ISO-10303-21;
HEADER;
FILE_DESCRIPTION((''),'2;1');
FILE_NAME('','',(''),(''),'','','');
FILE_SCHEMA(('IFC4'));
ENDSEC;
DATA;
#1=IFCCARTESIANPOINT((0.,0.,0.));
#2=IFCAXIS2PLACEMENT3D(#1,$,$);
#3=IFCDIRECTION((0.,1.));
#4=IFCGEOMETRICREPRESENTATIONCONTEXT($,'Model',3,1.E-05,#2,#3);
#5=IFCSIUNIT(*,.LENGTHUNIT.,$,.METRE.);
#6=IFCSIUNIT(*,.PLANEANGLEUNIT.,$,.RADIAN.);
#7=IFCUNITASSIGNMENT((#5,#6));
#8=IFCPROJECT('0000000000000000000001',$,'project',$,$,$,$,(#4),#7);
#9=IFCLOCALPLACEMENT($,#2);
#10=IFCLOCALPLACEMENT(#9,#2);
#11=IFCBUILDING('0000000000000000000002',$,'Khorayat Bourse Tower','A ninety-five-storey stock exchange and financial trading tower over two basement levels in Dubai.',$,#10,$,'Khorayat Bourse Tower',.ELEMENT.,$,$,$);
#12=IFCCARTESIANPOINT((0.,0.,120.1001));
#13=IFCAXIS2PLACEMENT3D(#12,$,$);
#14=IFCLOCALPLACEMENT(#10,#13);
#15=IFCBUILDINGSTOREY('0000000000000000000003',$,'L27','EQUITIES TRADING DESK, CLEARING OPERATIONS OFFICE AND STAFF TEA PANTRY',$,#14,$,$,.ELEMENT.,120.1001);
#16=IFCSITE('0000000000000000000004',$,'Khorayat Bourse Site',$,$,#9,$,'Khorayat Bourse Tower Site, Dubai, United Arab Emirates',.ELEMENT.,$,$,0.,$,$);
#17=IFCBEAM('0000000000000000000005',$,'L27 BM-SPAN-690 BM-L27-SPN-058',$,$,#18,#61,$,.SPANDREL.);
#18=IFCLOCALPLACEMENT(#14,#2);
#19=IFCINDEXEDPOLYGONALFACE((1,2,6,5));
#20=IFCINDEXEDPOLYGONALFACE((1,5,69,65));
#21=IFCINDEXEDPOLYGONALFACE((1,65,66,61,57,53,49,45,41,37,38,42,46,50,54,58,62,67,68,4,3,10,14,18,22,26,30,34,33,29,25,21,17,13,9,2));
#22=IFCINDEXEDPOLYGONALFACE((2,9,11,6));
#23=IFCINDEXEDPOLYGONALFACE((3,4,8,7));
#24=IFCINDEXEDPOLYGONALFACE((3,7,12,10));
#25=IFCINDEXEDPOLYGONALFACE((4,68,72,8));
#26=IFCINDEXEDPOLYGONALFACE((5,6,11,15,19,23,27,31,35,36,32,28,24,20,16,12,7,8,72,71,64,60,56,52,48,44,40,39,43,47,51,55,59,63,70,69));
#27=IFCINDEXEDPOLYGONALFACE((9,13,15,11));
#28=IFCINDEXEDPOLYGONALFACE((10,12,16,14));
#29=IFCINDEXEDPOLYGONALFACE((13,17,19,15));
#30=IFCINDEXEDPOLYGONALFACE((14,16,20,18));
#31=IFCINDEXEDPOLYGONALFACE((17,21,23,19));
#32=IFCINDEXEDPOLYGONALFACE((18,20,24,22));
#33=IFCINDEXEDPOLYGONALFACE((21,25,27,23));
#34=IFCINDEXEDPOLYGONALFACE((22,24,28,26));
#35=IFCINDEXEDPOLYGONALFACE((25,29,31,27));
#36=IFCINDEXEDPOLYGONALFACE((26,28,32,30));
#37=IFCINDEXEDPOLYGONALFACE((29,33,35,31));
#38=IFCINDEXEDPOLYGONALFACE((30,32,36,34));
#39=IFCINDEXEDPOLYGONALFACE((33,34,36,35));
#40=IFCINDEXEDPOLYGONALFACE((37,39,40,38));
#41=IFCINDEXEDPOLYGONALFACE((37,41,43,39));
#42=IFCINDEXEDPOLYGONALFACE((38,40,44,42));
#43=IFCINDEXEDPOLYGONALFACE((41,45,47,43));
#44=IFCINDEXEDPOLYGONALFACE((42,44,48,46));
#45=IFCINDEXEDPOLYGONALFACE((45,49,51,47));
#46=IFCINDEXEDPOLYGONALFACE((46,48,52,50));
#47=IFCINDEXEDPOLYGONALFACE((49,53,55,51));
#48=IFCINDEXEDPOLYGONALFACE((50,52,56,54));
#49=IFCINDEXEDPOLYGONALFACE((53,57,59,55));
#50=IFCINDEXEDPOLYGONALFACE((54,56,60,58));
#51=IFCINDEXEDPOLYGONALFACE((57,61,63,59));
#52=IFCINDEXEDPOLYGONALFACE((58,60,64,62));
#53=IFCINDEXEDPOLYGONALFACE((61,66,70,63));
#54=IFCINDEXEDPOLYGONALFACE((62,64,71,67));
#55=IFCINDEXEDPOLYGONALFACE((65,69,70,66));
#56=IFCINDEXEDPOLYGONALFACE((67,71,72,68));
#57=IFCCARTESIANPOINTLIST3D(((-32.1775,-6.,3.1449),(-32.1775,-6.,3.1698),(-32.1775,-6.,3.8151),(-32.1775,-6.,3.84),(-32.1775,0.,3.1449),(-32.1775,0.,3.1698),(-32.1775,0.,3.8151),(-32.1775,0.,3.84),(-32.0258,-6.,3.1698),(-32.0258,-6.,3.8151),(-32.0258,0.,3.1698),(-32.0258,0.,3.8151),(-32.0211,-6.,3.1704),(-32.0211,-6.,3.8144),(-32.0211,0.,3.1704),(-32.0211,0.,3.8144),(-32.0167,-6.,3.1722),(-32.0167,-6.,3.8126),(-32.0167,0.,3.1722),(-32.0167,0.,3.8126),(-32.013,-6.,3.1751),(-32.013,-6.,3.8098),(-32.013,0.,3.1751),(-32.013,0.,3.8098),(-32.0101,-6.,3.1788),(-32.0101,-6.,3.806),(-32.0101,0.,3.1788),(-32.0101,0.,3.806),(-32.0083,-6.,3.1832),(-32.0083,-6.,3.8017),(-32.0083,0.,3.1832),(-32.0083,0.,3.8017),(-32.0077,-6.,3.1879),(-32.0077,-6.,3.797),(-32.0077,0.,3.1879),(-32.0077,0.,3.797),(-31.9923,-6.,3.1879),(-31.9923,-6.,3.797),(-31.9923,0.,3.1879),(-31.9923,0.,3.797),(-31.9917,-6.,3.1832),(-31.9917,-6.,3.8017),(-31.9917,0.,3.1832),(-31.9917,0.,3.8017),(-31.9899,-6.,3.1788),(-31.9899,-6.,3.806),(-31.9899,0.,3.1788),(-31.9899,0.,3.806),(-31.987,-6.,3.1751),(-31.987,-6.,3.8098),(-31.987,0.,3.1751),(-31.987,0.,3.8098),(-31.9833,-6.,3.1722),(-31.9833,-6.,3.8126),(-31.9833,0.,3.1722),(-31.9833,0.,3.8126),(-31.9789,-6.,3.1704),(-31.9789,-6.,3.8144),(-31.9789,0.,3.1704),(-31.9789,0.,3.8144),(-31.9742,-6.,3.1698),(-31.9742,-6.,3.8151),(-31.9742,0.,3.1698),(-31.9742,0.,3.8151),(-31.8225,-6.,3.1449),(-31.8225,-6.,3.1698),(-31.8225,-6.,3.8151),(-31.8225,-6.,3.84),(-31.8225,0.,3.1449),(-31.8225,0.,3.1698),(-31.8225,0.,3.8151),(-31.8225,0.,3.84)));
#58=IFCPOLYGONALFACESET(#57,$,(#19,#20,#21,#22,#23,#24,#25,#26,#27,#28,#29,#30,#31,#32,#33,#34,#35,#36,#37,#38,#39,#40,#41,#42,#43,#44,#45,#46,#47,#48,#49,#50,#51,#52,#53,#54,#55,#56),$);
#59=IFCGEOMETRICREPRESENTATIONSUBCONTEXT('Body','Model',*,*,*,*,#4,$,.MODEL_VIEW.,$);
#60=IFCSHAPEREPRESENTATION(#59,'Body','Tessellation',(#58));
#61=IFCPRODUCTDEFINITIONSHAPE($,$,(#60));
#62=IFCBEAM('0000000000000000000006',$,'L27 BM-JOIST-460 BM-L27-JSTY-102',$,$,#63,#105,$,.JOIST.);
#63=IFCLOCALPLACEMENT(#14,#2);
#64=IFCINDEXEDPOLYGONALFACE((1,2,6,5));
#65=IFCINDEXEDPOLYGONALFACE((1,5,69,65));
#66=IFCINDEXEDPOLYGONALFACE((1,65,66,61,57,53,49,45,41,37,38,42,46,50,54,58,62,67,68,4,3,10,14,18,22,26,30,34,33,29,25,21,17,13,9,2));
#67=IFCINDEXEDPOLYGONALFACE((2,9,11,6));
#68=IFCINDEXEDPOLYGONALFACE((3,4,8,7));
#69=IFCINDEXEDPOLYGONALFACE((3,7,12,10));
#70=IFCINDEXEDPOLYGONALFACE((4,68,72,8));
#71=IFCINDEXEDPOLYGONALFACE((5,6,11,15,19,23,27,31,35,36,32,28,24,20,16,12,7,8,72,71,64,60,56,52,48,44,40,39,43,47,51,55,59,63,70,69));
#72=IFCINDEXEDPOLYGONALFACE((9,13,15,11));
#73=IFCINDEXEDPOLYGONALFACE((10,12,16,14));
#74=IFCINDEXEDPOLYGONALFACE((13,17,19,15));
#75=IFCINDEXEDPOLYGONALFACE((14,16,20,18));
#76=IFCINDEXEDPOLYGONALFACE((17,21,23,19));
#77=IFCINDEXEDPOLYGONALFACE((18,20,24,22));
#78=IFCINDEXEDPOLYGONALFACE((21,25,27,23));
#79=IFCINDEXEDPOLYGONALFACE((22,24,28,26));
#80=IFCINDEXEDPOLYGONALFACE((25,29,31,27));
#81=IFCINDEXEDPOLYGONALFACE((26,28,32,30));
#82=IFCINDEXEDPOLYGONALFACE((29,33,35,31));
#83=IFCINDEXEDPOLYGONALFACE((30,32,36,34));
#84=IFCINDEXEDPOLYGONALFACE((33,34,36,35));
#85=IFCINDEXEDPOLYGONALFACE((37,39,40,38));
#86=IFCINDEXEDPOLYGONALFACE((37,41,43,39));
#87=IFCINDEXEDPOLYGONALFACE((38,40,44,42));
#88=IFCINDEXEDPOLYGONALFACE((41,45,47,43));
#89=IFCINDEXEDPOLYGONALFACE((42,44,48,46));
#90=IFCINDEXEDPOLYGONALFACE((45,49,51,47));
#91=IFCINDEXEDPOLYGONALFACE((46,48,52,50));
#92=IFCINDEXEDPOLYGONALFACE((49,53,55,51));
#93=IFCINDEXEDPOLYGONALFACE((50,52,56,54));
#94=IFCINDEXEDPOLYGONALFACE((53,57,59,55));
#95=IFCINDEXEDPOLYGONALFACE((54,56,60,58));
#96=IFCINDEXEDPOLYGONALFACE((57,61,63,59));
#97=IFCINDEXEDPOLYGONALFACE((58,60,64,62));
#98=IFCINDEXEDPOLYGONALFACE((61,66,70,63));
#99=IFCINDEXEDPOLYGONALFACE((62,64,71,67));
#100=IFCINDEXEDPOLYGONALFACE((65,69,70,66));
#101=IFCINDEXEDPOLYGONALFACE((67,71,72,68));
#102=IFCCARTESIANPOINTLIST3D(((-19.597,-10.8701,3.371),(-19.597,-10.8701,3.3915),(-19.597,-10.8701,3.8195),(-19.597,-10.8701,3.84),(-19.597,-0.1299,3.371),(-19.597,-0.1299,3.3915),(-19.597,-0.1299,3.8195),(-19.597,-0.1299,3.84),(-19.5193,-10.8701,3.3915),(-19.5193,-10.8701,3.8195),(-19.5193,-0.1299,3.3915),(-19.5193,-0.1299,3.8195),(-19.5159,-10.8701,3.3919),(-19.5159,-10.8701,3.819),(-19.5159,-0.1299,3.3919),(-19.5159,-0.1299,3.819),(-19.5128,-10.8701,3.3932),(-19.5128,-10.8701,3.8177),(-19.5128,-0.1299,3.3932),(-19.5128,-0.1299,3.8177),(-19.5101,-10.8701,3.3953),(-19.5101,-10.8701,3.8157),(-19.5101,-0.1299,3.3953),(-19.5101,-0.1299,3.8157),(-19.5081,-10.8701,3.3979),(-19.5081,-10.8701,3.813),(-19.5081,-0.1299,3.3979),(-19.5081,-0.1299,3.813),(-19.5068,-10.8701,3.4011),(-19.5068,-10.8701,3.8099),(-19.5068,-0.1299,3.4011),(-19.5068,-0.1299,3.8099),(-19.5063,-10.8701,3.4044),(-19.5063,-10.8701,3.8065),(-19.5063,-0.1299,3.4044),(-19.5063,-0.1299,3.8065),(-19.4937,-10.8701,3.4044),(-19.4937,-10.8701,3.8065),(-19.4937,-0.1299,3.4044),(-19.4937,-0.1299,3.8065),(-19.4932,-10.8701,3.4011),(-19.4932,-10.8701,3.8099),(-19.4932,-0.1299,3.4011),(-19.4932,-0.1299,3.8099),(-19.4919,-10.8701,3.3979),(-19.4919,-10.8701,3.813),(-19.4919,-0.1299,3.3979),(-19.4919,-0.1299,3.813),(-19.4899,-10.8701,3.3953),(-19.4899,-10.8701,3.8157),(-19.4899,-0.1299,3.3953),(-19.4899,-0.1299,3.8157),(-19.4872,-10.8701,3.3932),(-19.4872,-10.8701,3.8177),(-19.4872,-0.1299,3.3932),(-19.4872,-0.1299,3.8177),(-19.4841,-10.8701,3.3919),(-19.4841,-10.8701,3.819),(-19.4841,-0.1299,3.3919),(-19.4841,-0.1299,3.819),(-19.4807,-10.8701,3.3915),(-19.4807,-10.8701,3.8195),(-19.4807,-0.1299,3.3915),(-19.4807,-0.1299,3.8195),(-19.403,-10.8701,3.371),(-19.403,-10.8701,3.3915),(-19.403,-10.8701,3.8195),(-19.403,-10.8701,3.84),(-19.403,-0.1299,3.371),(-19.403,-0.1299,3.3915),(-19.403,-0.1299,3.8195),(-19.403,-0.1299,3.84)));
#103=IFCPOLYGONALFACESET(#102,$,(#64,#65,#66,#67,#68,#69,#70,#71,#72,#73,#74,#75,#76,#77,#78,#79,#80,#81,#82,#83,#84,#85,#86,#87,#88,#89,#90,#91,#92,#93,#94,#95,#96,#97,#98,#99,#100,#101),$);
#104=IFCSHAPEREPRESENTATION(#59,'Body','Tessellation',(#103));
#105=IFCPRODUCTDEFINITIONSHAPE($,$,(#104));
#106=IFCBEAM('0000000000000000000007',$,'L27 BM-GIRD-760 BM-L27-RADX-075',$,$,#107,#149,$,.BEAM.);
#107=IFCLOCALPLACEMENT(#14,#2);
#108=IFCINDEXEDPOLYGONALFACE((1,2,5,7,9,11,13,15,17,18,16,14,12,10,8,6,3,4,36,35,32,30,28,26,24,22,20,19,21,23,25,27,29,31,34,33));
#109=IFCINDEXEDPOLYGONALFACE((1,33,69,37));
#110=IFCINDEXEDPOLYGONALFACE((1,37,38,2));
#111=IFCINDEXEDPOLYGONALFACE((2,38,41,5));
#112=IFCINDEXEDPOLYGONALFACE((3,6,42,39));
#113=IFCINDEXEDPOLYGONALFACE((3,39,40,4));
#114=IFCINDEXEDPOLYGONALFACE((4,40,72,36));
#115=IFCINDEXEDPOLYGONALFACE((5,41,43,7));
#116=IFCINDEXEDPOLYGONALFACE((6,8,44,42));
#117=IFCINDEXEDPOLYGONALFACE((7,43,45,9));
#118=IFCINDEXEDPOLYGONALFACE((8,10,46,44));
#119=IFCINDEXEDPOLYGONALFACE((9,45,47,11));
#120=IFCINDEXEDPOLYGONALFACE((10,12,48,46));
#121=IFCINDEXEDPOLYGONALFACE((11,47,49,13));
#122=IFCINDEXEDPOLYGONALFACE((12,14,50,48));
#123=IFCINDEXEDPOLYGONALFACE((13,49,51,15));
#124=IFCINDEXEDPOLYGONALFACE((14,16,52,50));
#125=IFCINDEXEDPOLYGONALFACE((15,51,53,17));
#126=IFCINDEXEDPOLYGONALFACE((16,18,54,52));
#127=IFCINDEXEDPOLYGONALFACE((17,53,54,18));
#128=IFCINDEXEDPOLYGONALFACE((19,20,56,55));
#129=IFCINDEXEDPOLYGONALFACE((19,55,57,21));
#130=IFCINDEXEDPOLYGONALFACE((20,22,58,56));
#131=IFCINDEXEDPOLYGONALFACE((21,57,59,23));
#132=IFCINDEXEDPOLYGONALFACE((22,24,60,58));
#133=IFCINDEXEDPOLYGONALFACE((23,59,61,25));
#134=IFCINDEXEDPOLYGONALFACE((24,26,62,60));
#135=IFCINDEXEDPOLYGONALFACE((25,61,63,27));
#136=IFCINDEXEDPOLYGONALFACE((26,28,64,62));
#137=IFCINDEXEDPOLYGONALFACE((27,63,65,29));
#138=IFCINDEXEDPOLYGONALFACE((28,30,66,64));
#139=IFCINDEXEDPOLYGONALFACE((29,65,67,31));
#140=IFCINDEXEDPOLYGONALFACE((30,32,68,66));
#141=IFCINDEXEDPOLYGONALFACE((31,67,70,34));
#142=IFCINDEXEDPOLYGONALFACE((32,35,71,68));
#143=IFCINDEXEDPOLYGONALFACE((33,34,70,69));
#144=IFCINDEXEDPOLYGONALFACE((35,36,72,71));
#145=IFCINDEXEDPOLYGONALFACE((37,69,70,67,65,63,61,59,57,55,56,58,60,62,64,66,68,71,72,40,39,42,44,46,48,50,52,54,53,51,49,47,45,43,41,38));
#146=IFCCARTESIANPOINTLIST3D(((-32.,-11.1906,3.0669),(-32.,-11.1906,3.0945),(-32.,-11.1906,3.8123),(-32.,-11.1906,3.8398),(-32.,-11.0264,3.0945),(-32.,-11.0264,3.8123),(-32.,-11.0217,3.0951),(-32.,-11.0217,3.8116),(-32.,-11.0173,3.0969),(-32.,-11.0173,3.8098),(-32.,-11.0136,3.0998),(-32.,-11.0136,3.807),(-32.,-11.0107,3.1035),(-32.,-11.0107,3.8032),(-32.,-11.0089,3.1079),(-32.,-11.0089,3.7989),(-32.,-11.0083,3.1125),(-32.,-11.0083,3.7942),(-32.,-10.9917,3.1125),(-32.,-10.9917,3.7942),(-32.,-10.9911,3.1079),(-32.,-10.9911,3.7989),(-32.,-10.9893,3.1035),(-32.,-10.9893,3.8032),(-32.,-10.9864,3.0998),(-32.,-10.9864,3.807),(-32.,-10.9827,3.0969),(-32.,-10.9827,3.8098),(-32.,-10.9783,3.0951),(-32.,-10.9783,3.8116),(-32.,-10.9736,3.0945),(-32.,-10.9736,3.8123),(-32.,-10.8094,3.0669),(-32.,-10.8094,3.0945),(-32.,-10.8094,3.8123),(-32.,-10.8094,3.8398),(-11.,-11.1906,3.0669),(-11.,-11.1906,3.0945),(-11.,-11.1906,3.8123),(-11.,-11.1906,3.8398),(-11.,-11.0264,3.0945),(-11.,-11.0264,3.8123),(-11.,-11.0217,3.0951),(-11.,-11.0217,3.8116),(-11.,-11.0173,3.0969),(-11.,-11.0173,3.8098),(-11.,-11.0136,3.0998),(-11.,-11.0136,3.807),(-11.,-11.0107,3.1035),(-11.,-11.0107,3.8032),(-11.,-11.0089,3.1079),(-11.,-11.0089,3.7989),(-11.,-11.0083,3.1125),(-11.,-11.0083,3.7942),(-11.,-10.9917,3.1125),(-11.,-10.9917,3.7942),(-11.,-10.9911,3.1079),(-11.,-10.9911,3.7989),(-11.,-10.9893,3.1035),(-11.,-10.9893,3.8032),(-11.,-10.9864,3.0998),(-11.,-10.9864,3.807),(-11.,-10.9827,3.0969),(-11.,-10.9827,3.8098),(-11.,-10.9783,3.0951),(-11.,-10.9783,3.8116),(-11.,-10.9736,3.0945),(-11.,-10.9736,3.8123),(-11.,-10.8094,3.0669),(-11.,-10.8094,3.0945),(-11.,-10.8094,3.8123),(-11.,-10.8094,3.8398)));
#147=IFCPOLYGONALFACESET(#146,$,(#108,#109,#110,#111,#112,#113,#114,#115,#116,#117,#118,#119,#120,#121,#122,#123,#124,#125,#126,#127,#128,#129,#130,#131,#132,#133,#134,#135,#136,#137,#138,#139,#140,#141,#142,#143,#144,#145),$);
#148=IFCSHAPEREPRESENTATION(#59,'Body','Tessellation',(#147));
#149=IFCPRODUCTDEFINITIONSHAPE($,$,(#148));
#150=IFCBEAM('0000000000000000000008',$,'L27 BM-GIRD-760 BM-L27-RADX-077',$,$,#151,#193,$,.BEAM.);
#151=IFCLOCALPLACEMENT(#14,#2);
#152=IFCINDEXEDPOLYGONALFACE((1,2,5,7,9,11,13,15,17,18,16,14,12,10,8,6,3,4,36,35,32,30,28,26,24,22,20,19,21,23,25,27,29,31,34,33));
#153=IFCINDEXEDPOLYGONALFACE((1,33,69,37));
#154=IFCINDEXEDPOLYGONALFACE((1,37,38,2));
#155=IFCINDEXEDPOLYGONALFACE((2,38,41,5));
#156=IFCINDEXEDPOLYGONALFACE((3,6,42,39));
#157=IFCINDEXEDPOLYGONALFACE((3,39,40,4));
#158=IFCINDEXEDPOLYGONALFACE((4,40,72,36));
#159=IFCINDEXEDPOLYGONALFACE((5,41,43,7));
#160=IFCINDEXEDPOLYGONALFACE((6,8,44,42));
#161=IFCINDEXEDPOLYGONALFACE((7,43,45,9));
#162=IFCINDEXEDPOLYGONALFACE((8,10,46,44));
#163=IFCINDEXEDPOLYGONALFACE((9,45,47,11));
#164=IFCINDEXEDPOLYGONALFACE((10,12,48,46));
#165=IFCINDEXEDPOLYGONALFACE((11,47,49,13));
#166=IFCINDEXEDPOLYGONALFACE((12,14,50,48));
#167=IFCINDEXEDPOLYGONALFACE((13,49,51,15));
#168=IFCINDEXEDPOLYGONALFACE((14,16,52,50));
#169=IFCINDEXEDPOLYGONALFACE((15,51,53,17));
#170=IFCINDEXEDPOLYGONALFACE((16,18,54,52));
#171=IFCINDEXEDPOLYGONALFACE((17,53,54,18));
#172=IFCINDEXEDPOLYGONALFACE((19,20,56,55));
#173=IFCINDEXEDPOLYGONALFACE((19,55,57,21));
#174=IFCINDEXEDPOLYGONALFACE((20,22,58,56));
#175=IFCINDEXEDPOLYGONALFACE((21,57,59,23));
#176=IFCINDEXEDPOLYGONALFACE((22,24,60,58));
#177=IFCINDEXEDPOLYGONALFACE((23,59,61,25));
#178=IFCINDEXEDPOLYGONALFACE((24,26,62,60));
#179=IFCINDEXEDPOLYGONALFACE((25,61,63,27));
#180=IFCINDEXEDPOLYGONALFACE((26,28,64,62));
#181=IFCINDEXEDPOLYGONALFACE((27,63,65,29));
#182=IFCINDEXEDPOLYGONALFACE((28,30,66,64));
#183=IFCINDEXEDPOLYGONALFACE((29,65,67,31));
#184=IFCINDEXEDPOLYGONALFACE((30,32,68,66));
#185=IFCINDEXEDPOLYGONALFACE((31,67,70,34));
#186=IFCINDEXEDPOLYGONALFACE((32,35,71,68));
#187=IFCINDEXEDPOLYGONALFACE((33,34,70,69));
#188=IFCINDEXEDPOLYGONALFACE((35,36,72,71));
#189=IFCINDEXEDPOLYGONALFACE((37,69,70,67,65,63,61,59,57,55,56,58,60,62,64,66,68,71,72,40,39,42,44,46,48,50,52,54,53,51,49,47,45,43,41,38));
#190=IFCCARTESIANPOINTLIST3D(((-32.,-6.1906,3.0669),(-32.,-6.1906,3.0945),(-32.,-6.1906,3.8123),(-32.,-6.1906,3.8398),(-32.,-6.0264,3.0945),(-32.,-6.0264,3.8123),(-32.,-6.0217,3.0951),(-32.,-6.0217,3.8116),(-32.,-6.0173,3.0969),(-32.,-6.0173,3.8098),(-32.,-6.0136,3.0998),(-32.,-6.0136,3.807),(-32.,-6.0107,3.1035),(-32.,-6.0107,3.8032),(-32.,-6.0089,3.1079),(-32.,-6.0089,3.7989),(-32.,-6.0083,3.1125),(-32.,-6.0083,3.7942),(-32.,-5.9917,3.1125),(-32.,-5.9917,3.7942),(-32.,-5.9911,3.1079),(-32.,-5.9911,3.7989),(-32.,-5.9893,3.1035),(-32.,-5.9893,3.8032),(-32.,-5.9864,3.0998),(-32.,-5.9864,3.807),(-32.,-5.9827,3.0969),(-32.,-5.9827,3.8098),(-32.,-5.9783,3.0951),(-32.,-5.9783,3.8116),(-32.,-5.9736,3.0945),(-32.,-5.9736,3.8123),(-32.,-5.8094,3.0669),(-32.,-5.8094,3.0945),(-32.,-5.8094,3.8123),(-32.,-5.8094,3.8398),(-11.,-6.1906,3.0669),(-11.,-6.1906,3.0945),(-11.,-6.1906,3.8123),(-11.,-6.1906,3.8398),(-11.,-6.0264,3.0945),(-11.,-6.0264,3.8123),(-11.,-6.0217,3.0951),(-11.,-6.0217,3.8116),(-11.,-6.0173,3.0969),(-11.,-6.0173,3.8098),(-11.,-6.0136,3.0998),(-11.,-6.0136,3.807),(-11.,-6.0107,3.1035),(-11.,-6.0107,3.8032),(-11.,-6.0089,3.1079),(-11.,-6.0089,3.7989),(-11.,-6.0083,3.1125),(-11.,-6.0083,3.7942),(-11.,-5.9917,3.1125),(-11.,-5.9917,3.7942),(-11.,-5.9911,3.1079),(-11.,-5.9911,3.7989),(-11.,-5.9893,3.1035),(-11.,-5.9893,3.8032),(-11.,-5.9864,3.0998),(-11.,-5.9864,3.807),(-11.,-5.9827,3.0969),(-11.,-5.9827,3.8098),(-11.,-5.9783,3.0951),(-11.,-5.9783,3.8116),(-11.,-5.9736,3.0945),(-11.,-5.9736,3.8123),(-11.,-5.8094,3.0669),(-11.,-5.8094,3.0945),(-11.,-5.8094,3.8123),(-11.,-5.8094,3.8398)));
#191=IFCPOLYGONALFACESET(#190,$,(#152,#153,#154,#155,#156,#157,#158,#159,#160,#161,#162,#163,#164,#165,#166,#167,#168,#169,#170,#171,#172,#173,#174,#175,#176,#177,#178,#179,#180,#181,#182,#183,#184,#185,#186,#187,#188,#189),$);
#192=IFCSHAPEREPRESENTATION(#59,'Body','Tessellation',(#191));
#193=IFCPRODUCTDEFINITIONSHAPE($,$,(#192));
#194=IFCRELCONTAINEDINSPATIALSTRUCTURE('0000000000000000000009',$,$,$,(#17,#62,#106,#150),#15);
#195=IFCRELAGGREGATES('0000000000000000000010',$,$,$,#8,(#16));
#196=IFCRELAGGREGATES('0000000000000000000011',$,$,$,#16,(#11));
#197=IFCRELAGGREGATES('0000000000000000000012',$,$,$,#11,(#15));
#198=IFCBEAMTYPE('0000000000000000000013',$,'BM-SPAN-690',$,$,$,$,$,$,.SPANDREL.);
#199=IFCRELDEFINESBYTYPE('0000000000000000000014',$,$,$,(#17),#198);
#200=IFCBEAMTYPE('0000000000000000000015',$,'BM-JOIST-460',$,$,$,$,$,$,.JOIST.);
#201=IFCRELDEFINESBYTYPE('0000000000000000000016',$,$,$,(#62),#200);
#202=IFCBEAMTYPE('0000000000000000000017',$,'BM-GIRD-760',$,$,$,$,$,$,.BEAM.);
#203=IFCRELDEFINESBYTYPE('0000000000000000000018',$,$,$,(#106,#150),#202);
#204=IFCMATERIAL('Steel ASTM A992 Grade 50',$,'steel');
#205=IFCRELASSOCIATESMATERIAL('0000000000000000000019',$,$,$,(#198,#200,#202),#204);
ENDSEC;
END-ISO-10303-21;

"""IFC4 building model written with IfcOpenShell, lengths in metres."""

from ifc_helpers import new_model, si_unit, direction, frame, origin, origin_2d, place, context, subcontext, project, spatial, i_section, extrude, source, transform, mapped, material, material_profile, profile_set, type_object, element, save


model = new_model("IFC4")

# Units and contexts
model_context = context("Model", 3, precision=1e-05, world=origin(), true_north=direction((0.0, 1.0)))
body_context = subcontext(model_context, "Body", "Model", "MODEL_VIEW")
ifc_project = project(units=[si_unit("LENGTHUNIT", "METRE"), si_unit("PLANEANGLEUNIT", "RADIAN")], contexts=[model_context])

# Site, building, storey
site_placement = place(None, origin())
site = spatial("IfcSite", under=ifc_project, at=site_placement, Name="Khorayat Bourse Site", LongName="Khorayat Bourse Tower Site, Dubai, United Arab Emirates", CompositionType="ELEMENT", RefElevation=0.0)
building_placement = place(site_placement, origin())
building = spatial("IfcBuilding", under=site, at=building_placement, Name="Khorayat Bourse Tower", Description="A ninety-five-storey stock exchange and financial trading tower over two basement levels in Dubai.", LongName="Khorayat Bourse Tower", CompositionType="ELEMENT")
storey_placement = place(building_placement, frame((0.0, 0.0, 120.1001)))
storey = spatial("IfcBuildingStorey", under=building, at=storey_placement, Name="L27", Description="EQUITIES TRADING DESK, CLEARING OPERATIONS OFFICE AND STAFF TEA PANTRY", CompositionType="ELEMENT", Elevation=120.1001)

# Beams
ifc_material_1 = material(Name="Steel ASTM A992 Grade 50", Category="steel")
ifc_material_profile_1 = material_profile(ifc_material_1, i_section(OverallWidth=0.355, OverallDepth=0.6951, WebThickness=0.0154, FlangeThickness=0.0249, FilletRadius=0.0181, at=origin_2d()), Name="W690X217")
ifc_profile_set_1 = profile_set([ifc_material_profile_1], Name="Steel ASTM A992 Grade 50")
beam_type_1 = type_object("IfcBeamType", Name="BM-SPAN-690", PredefinedType="SPANDREL", material=ifc_profile_set_1)
shared_shape_1 = source(origin(), body_context, "Body", "SweptSolid", [
    extrude(i_section(OverallWidth=0.355, OverallDepth=0.6951, WebThickness=0.0154, FlangeThickness=0.0249, FilletRadius=0.0181, at=origin_2d()), origin(), (0.0, 0.0, 1.0), 6.0),
])
beam_1_placement = place(storey_placement, frame((-32.0, -6.0, 3.4924), z_axis=(0.0, 1.0, 0.0), x_axis=(-1.0, 0.0, 0.0)))
element("IfcBeam", 1, at=beam_1_placement, inside=storey, type_object=beam_type_1, Name="L27 BM-SPAN-690 BM-L27-SPN-058", PredefinedType="SPANDREL", context=body_context, shape_type="MappedRepresentation", body=[
    mapped(shared_shape_1, transform((0.0, 0.0, 0.0), scale=1.0)),
])
ifc_material_profile_2 = material_profile(ifc_material_1, i_section(OverallWidth=0.1941, OverallDepth=0.469, WebThickness=0.0127, FlangeThickness=0.0205, FilletRadius=0.0129, at=origin_2d()), Name="W460X106")
ifc_profile_set_2 = profile_set([ifc_material_profile_2], Name="Steel ASTM A992 Grade 50")
beam_type_2 = type_object("IfcBeamType", Name="BM-JOIST-460", PredefinedType="JOIST", material=ifc_profile_set_2)
shared_shape_2 = source(origin(), body_context, "Body", "SweptSolid", [
    extrude(i_section(OverallWidth=0.1941, OverallDepth=0.469, WebThickness=0.0127, FlangeThickness=0.0205, FilletRadius=0.0129, at=origin_2d()), origin(), (0.0, 0.0, 1.0), 10.7402),
])
beam_2_placement = place(storey_placement, frame((-19.5, -10.8701, 3.6055), z_axis=(0.0, 1.0, 0.0), x_axis=(-1.0, 0.0, 0.0)))
element("IfcBeam", 2, at=beam_2_placement, inside=storey, type_object=beam_type_2, Name="L27 BM-JOIST-460 BM-L27-JSTY-102", PredefinedType="JOIST", context=body_context, shape_type="MappedRepresentation", body=[
    mapped(shared_shape_2, transform((0.0, 0.0, 0.0), scale=1.0)),
])
ifc_material_profile_3 = material_profile(ifc_material_1, i_section(OverallWidth=0.3811, OverallDepth=0.7729, WebThickness=0.0166, FlangeThickness=0.0276, FilletRadius=0.0181, at=origin_2d()), Name="W760X257")
ifc_profile_set_3 = profile_set([ifc_material_profile_3], Name="Steel ASTM A992 Grade 50")
beam_type_3 = type_object("IfcBeamType", Name="BM-GIRD-760", PredefinedType="BEAM", material=ifc_profile_set_3)
shared_shape_3 = source(origin(), body_context, "Body", "SweptSolid", [
    extrude(i_section(OverallWidth=0.3811, OverallDepth=0.7729, WebThickness=0.0166, FlangeThickness=0.0276, FilletRadius=0.0181, at=origin_2d()), origin(), (0.0, 0.0, 1.0), 21.0),
])
for number, where, z_axis, x_axis, name in (
    (3, (-32.0, -11.0, 3.4534), (1.0, 0.0, 0.0), (0.0, 1.0, 0.0), "L27 BM-GIRD-760 BM-L27-RADX-075"),
    (4, (-32.0, -6.0, 3.4534), (1.0, 0.0, 0.0), (0.0, 1.0, 0.0), "L27 BM-GIRD-760 BM-L27-RADX-077"),
):
    element("IfcBeam", number, at=place(storey_placement, frame(where, z_axis=z_axis, x_axis=x_axis)), inside=storey, type_object=beam_type_3, Name=name, PredefinedType="BEAM", context=body_context, shape_type="MappedRepresentation", body=[
        mapped(shared_shape_3, transform((0.0, 0.0, 0.0), scale=1.0)),
    ])

save(model, "model.ifc")
